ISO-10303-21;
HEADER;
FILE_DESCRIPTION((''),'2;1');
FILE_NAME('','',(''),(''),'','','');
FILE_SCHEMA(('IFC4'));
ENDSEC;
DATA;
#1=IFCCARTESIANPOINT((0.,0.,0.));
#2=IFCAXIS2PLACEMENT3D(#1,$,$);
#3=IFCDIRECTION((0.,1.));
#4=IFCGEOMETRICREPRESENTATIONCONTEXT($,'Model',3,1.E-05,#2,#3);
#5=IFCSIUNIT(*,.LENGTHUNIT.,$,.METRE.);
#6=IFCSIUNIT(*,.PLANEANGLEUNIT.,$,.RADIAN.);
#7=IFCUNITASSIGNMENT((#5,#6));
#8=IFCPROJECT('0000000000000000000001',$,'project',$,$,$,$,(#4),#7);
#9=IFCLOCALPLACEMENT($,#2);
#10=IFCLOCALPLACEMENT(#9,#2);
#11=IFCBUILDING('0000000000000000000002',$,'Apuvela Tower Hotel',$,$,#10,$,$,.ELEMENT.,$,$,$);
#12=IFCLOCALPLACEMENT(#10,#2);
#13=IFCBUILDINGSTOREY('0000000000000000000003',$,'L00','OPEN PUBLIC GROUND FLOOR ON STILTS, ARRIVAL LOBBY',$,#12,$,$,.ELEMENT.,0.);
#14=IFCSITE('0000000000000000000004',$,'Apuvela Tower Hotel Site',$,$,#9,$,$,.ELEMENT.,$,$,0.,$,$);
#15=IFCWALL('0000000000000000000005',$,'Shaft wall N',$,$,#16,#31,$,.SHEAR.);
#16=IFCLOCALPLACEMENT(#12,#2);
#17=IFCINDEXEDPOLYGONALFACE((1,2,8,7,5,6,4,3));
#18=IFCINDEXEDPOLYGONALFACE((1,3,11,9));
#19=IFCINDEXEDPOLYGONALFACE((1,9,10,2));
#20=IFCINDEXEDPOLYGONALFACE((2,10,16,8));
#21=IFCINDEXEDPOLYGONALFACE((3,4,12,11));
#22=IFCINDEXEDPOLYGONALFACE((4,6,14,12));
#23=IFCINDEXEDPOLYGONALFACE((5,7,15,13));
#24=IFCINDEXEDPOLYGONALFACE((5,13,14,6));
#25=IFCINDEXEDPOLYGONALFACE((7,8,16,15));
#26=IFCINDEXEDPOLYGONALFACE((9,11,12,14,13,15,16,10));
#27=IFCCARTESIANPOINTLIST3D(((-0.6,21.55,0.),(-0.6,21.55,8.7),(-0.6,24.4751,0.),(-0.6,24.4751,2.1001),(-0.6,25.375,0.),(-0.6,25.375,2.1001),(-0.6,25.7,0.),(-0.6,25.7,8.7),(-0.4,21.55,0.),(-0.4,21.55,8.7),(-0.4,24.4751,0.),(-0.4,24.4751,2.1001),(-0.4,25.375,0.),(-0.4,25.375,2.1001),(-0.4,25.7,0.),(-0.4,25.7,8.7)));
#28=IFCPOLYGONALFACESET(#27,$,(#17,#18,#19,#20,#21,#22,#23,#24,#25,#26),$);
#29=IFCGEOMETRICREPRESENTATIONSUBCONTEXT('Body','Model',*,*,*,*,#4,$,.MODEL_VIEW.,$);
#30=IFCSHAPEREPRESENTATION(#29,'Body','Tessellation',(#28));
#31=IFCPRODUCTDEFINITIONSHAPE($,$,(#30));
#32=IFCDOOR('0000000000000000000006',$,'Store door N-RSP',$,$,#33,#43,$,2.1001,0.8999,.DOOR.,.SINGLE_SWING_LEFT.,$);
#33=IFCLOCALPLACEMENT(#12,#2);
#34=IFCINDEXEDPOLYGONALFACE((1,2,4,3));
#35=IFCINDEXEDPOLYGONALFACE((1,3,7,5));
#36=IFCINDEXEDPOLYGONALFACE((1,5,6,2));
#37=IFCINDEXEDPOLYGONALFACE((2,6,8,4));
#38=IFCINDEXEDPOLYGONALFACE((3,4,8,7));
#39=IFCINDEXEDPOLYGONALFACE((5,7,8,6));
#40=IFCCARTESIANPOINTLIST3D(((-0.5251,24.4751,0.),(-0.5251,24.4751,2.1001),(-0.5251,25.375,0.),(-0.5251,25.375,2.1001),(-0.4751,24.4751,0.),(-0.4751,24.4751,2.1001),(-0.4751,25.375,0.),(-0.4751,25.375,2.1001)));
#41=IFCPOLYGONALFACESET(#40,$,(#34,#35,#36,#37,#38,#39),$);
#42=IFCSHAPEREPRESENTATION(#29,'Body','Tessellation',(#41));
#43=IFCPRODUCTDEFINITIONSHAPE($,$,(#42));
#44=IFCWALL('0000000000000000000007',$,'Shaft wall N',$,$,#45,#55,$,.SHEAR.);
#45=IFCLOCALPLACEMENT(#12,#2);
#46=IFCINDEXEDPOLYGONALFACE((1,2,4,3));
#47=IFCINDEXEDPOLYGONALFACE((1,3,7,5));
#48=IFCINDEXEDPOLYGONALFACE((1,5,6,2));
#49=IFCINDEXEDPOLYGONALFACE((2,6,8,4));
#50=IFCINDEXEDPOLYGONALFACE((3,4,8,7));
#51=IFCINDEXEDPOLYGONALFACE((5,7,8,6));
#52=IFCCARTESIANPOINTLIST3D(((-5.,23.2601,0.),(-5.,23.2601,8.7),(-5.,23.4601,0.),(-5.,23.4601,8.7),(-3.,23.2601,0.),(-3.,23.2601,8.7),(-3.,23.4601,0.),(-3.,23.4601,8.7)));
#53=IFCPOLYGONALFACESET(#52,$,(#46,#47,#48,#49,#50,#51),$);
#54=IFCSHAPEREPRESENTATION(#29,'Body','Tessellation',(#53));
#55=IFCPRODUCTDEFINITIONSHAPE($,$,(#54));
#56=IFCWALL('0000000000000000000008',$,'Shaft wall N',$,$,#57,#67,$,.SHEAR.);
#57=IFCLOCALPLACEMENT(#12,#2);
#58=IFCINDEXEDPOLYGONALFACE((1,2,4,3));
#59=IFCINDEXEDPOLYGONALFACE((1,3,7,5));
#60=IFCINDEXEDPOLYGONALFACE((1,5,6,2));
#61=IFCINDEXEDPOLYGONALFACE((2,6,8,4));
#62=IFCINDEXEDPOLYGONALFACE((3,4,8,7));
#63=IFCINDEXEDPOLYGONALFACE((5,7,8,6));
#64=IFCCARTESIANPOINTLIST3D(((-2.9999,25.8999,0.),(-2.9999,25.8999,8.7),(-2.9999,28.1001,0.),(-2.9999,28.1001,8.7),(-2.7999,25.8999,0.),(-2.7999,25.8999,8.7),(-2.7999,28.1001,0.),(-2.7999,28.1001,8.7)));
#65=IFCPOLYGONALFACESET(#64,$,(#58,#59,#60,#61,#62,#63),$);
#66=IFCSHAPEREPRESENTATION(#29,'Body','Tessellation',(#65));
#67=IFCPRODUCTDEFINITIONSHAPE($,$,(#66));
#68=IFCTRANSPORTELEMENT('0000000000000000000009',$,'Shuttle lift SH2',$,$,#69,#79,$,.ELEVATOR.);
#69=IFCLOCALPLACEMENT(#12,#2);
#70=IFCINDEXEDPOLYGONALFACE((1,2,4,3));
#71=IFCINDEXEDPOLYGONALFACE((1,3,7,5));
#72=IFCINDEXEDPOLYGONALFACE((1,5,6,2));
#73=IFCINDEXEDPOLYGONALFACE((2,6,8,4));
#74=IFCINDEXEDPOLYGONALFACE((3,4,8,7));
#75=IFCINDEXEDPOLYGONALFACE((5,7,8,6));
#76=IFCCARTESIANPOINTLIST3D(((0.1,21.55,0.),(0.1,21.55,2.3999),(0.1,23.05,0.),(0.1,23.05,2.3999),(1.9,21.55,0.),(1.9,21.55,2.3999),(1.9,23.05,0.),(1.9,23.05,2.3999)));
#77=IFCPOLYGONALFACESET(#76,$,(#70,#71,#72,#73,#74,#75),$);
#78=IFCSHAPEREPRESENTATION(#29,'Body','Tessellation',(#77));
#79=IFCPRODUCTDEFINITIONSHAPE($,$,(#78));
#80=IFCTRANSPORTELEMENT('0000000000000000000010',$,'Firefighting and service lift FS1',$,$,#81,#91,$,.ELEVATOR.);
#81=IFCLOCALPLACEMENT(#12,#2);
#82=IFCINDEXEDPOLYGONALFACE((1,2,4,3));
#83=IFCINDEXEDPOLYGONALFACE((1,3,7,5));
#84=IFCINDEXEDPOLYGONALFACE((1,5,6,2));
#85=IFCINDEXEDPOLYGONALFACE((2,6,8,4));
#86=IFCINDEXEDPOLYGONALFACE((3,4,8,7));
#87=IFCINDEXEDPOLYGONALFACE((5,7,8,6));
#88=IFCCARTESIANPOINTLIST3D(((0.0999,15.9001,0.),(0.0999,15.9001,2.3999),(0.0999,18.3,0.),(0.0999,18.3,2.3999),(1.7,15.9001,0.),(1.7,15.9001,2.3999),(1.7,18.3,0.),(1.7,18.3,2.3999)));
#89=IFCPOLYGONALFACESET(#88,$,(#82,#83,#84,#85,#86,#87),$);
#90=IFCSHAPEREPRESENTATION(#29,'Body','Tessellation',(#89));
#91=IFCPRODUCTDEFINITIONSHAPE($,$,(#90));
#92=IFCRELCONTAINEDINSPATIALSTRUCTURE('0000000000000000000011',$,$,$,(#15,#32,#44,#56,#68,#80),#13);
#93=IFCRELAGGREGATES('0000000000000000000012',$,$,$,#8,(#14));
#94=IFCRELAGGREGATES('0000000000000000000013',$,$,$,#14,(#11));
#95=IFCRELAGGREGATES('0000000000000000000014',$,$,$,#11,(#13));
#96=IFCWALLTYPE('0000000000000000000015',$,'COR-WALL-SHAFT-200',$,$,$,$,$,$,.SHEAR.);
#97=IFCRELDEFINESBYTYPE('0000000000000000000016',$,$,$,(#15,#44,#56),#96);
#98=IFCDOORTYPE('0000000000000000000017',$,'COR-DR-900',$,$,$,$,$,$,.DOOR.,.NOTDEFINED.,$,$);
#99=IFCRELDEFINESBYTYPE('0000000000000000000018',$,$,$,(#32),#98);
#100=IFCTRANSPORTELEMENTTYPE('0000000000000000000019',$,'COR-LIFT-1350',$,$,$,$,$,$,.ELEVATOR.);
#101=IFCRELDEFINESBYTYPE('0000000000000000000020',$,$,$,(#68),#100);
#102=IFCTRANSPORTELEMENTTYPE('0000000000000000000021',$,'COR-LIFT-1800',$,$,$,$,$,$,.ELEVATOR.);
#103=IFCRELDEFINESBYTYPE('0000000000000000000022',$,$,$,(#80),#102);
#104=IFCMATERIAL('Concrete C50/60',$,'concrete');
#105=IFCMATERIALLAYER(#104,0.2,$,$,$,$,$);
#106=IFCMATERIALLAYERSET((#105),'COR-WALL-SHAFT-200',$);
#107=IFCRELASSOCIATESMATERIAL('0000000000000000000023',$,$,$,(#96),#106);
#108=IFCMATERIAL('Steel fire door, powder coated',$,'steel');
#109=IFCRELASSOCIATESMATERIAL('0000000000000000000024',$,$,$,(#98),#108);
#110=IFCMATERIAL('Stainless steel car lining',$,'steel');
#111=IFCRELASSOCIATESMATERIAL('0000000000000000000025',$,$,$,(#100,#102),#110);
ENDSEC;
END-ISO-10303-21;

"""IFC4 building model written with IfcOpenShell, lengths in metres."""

from ifc_helpers import new_model, si_unit, direction, frame, frame_2d, origin, origin_2d, place, context, subcontext, project, spatial, rectangle, extrude, material, layer, layer_set, type_object, element, fill, save


model = new_model("IFC4")

# Units and contexts
model_context = context("Model", 3, precision=1e-05, world=origin(), true_north=direction((0.0, 1.0)))
body_context = subcontext(model_context, "Body", "Model", "MODEL_VIEW")
ifc_project = project(units=[si_unit("LENGTHUNIT", "METRE"), si_unit("PLANEANGLEUNIT", "RADIAN")], contexts=[model_context])

# Site, building, storey
site_placement = place(None, origin())
site = spatial("IfcSite", under=ifc_project, at=site_placement, Name="Apuvela Tower Hotel Site", CompositionType="ELEMENT", RefElevation=0.0)
building_placement = place(site_placement, origin())
building = spatial("IfcBuilding", under=site, at=building_placement, Name="Apuvela Tower Hotel", CompositionType="ELEMENT")
storey_placement = place(building_placement, origin())
storey = spatial("IfcBuildingStorey", under=building, at=storey_placement, Name="L00", Description="OPEN PUBLIC GROUND FLOOR ON STILTS, ARRIVAL LOBBY", CompositionType="ELEMENT", Elevation=0.0)

# Shared definitions
ifc_material_1 = material(Name="Concrete C50/60", Category="concrete")
ifc_layer_1 = layer(ifc_material_1, 0.2)
ifc_layer_set_1 = layer_set([ifc_layer_1], Name="COR-WALL-SHAFT-200")
wall_type_1 = type_object("IfcWallType", Name="COR-WALL-SHAFT-200", PredefinedType="SHEAR", material=ifc_layer_set_1)

# Wall, opening, door
wall_1_placement = place(storey_placement, frame((-0.5, 21.55, 0.0), z_axis=(0.0, 0.0, 1.0), x_axis=(0.0, 1.0, 0.0)))
wall_1 = element("IfcWall", 1, at=wall_1_placement, inside=storey, type_object=wall_type_1, Name="Shaft wall N", PredefinedType="SHEAR", context=body_context, shape_type="SweptSolid", body=[
    extrude(rectangle(XDim=4.1499, YDim=0.2, at=frame_2d((2.075, 0.0))), origin(), (0.0, 0.0, 1.0), 8.7),
])
opening_placement = place(wall_1_placement, frame((2.925, 0.0, 0.0)))
opening = element("IfcOpeningElement", 2, at=opening_placement, cuts=wall_1, PredefinedType="OPENING", context=body_context, shape_type="SweptSolid", body=[
    extrude(rectangle(XDim=0.8999, YDim=2.1001, at=frame_2d((0.45, 1.05))), frame((0.0, 0.1099, 0.0), z_axis=(0.0, -1.0, 0.0), x_axis=(1.0, 0.0, 0.0)), (0.0, 0.0, 1.0), 0.22),
])
ifc_material_2 = material(Name="Steel fire door, powder coated", Category="steel")
door_type = type_object("IfcDoorType", Name="COR-DR-900", OperationType="NOTDEFINED", PredefinedType="DOOR", material=ifc_material_2)
door_placement = place(opening_placement, frame((0.8999, 0.0, 0.0), z_axis=(0.0, 0.0, 1.0), x_axis=(-1.0, 0.0, 0.0)))
door = element("IfcDoor", 3, at=door_placement, inside=storey, type_object=door_type, Name="Store door N-RSP", OperationType="SINGLE_SWING_LEFT", OverallHeight=2.1001, OverallWidth=0.8999, PredefinedType="DOOR", context=body_context, shape_type="SweptSolid", body=[
    extrude(rectangle(XDim=0.8999, YDim=2.1001, at=frame_2d((0.45, 1.05))), frame((0.0, 0.0249, 0.0), z_axis=(0.0, -1.0, 0.0), x_axis=(1.0, 0.0, 0.0)), (0.0, 0.0, 1.0), 0.05),
])
fill(opening, door)

# Walls
wall_2_placement = place(storey_placement, frame((-3.0, 23.3601, 0.0), z_axis=(0.0, 0.0, 1.0), x_axis=(-1.0, 0.0, 0.0)))
element("IfcWall", 4, at=wall_2_placement, inside=storey, type_object=wall_type_1, Name="Shaft wall N", PredefinedType="SHEAR", context=body_context, shape_type="SweptSolid", body=[
    extrude(rectangle(XDim=2.0, YDim=0.2, at=frame_2d((1.0, 0.0))), origin(), (0.0, 0.0, 1.0), 8.7),
])
wall_3_placement = place(storey_placement, frame((-2.8999, 25.8999, 0.0), z_axis=(0.0, 0.0, 1.0), x_axis=(0.0, 1.0, 0.0)))
element("IfcWall", 5, at=wall_3_placement, inside=storey, type_object=wall_type_1, Name="Shaft wall N", PredefinedType="SHEAR", context=body_context, shape_type="SweptSolid", body=[
    extrude(rectangle(XDim=2.2002, YDim=0.2, at=frame_2d((1.1001, 0.0))), origin(), (0.0, 0.0, 1.0), 8.7),
])

# Transport elements
ifc_material_3 = material(Name="Stainless steel car lining", Category="steel")
transport_element_type_1 = type_object("IfcTransportElementType", Name="COR-LIFT-1350", PredefinedType="ELEVATOR", material=ifc_material_3)
transport_element_1_placement = place(storey_placement, frame((1.0, 22.3, 0.0), z_axis=(0.0, 0.0, 1.0), x_axis=(0.0, 1.0, 0.0)))
element("IfcTransportElement", 6, at=transport_element_1_placement, inside=storey, type_object=transport_element_type_1, Name="Shuttle lift SH2", PredefinedType="ELEVATOR", context=body_context, shape_type="SweptSolid", body=[
    extrude(rectangle(XDim=1.5, YDim=1.8, at=origin_2d()), origin(), (0.0, 0.0, 1.0), 2.3999),
])
transport_element_type_2 = type_object("IfcTransportElementType", Name="COR-LIFT-1800", PredefinedType="ELEVATOR", material=ifc_material_3)
transport_element_2_placement = place(storey_placement, frame((0.8999, 17.1001, 0.0), z_axis=(0.0, 0.0, 1.0), x_axis=(0.0, 1.0, 0.0)))
element("IfcTransportElement", 7, at=transport_element_2_placement, inside=storey, type_object=transport_element_type_2, Name="Firefighting and service lift FS1", PredefinedType="ELEVATOR", context=body_context, shape_type="SweptSolid", body=[
    extrude(rectangle(XDim=2.3999, YDim=1.6001, at=origin_2d()), origin(), (0.0, 0.0, 1.0), 2.3999),
])

save(model, "model.ifc")
